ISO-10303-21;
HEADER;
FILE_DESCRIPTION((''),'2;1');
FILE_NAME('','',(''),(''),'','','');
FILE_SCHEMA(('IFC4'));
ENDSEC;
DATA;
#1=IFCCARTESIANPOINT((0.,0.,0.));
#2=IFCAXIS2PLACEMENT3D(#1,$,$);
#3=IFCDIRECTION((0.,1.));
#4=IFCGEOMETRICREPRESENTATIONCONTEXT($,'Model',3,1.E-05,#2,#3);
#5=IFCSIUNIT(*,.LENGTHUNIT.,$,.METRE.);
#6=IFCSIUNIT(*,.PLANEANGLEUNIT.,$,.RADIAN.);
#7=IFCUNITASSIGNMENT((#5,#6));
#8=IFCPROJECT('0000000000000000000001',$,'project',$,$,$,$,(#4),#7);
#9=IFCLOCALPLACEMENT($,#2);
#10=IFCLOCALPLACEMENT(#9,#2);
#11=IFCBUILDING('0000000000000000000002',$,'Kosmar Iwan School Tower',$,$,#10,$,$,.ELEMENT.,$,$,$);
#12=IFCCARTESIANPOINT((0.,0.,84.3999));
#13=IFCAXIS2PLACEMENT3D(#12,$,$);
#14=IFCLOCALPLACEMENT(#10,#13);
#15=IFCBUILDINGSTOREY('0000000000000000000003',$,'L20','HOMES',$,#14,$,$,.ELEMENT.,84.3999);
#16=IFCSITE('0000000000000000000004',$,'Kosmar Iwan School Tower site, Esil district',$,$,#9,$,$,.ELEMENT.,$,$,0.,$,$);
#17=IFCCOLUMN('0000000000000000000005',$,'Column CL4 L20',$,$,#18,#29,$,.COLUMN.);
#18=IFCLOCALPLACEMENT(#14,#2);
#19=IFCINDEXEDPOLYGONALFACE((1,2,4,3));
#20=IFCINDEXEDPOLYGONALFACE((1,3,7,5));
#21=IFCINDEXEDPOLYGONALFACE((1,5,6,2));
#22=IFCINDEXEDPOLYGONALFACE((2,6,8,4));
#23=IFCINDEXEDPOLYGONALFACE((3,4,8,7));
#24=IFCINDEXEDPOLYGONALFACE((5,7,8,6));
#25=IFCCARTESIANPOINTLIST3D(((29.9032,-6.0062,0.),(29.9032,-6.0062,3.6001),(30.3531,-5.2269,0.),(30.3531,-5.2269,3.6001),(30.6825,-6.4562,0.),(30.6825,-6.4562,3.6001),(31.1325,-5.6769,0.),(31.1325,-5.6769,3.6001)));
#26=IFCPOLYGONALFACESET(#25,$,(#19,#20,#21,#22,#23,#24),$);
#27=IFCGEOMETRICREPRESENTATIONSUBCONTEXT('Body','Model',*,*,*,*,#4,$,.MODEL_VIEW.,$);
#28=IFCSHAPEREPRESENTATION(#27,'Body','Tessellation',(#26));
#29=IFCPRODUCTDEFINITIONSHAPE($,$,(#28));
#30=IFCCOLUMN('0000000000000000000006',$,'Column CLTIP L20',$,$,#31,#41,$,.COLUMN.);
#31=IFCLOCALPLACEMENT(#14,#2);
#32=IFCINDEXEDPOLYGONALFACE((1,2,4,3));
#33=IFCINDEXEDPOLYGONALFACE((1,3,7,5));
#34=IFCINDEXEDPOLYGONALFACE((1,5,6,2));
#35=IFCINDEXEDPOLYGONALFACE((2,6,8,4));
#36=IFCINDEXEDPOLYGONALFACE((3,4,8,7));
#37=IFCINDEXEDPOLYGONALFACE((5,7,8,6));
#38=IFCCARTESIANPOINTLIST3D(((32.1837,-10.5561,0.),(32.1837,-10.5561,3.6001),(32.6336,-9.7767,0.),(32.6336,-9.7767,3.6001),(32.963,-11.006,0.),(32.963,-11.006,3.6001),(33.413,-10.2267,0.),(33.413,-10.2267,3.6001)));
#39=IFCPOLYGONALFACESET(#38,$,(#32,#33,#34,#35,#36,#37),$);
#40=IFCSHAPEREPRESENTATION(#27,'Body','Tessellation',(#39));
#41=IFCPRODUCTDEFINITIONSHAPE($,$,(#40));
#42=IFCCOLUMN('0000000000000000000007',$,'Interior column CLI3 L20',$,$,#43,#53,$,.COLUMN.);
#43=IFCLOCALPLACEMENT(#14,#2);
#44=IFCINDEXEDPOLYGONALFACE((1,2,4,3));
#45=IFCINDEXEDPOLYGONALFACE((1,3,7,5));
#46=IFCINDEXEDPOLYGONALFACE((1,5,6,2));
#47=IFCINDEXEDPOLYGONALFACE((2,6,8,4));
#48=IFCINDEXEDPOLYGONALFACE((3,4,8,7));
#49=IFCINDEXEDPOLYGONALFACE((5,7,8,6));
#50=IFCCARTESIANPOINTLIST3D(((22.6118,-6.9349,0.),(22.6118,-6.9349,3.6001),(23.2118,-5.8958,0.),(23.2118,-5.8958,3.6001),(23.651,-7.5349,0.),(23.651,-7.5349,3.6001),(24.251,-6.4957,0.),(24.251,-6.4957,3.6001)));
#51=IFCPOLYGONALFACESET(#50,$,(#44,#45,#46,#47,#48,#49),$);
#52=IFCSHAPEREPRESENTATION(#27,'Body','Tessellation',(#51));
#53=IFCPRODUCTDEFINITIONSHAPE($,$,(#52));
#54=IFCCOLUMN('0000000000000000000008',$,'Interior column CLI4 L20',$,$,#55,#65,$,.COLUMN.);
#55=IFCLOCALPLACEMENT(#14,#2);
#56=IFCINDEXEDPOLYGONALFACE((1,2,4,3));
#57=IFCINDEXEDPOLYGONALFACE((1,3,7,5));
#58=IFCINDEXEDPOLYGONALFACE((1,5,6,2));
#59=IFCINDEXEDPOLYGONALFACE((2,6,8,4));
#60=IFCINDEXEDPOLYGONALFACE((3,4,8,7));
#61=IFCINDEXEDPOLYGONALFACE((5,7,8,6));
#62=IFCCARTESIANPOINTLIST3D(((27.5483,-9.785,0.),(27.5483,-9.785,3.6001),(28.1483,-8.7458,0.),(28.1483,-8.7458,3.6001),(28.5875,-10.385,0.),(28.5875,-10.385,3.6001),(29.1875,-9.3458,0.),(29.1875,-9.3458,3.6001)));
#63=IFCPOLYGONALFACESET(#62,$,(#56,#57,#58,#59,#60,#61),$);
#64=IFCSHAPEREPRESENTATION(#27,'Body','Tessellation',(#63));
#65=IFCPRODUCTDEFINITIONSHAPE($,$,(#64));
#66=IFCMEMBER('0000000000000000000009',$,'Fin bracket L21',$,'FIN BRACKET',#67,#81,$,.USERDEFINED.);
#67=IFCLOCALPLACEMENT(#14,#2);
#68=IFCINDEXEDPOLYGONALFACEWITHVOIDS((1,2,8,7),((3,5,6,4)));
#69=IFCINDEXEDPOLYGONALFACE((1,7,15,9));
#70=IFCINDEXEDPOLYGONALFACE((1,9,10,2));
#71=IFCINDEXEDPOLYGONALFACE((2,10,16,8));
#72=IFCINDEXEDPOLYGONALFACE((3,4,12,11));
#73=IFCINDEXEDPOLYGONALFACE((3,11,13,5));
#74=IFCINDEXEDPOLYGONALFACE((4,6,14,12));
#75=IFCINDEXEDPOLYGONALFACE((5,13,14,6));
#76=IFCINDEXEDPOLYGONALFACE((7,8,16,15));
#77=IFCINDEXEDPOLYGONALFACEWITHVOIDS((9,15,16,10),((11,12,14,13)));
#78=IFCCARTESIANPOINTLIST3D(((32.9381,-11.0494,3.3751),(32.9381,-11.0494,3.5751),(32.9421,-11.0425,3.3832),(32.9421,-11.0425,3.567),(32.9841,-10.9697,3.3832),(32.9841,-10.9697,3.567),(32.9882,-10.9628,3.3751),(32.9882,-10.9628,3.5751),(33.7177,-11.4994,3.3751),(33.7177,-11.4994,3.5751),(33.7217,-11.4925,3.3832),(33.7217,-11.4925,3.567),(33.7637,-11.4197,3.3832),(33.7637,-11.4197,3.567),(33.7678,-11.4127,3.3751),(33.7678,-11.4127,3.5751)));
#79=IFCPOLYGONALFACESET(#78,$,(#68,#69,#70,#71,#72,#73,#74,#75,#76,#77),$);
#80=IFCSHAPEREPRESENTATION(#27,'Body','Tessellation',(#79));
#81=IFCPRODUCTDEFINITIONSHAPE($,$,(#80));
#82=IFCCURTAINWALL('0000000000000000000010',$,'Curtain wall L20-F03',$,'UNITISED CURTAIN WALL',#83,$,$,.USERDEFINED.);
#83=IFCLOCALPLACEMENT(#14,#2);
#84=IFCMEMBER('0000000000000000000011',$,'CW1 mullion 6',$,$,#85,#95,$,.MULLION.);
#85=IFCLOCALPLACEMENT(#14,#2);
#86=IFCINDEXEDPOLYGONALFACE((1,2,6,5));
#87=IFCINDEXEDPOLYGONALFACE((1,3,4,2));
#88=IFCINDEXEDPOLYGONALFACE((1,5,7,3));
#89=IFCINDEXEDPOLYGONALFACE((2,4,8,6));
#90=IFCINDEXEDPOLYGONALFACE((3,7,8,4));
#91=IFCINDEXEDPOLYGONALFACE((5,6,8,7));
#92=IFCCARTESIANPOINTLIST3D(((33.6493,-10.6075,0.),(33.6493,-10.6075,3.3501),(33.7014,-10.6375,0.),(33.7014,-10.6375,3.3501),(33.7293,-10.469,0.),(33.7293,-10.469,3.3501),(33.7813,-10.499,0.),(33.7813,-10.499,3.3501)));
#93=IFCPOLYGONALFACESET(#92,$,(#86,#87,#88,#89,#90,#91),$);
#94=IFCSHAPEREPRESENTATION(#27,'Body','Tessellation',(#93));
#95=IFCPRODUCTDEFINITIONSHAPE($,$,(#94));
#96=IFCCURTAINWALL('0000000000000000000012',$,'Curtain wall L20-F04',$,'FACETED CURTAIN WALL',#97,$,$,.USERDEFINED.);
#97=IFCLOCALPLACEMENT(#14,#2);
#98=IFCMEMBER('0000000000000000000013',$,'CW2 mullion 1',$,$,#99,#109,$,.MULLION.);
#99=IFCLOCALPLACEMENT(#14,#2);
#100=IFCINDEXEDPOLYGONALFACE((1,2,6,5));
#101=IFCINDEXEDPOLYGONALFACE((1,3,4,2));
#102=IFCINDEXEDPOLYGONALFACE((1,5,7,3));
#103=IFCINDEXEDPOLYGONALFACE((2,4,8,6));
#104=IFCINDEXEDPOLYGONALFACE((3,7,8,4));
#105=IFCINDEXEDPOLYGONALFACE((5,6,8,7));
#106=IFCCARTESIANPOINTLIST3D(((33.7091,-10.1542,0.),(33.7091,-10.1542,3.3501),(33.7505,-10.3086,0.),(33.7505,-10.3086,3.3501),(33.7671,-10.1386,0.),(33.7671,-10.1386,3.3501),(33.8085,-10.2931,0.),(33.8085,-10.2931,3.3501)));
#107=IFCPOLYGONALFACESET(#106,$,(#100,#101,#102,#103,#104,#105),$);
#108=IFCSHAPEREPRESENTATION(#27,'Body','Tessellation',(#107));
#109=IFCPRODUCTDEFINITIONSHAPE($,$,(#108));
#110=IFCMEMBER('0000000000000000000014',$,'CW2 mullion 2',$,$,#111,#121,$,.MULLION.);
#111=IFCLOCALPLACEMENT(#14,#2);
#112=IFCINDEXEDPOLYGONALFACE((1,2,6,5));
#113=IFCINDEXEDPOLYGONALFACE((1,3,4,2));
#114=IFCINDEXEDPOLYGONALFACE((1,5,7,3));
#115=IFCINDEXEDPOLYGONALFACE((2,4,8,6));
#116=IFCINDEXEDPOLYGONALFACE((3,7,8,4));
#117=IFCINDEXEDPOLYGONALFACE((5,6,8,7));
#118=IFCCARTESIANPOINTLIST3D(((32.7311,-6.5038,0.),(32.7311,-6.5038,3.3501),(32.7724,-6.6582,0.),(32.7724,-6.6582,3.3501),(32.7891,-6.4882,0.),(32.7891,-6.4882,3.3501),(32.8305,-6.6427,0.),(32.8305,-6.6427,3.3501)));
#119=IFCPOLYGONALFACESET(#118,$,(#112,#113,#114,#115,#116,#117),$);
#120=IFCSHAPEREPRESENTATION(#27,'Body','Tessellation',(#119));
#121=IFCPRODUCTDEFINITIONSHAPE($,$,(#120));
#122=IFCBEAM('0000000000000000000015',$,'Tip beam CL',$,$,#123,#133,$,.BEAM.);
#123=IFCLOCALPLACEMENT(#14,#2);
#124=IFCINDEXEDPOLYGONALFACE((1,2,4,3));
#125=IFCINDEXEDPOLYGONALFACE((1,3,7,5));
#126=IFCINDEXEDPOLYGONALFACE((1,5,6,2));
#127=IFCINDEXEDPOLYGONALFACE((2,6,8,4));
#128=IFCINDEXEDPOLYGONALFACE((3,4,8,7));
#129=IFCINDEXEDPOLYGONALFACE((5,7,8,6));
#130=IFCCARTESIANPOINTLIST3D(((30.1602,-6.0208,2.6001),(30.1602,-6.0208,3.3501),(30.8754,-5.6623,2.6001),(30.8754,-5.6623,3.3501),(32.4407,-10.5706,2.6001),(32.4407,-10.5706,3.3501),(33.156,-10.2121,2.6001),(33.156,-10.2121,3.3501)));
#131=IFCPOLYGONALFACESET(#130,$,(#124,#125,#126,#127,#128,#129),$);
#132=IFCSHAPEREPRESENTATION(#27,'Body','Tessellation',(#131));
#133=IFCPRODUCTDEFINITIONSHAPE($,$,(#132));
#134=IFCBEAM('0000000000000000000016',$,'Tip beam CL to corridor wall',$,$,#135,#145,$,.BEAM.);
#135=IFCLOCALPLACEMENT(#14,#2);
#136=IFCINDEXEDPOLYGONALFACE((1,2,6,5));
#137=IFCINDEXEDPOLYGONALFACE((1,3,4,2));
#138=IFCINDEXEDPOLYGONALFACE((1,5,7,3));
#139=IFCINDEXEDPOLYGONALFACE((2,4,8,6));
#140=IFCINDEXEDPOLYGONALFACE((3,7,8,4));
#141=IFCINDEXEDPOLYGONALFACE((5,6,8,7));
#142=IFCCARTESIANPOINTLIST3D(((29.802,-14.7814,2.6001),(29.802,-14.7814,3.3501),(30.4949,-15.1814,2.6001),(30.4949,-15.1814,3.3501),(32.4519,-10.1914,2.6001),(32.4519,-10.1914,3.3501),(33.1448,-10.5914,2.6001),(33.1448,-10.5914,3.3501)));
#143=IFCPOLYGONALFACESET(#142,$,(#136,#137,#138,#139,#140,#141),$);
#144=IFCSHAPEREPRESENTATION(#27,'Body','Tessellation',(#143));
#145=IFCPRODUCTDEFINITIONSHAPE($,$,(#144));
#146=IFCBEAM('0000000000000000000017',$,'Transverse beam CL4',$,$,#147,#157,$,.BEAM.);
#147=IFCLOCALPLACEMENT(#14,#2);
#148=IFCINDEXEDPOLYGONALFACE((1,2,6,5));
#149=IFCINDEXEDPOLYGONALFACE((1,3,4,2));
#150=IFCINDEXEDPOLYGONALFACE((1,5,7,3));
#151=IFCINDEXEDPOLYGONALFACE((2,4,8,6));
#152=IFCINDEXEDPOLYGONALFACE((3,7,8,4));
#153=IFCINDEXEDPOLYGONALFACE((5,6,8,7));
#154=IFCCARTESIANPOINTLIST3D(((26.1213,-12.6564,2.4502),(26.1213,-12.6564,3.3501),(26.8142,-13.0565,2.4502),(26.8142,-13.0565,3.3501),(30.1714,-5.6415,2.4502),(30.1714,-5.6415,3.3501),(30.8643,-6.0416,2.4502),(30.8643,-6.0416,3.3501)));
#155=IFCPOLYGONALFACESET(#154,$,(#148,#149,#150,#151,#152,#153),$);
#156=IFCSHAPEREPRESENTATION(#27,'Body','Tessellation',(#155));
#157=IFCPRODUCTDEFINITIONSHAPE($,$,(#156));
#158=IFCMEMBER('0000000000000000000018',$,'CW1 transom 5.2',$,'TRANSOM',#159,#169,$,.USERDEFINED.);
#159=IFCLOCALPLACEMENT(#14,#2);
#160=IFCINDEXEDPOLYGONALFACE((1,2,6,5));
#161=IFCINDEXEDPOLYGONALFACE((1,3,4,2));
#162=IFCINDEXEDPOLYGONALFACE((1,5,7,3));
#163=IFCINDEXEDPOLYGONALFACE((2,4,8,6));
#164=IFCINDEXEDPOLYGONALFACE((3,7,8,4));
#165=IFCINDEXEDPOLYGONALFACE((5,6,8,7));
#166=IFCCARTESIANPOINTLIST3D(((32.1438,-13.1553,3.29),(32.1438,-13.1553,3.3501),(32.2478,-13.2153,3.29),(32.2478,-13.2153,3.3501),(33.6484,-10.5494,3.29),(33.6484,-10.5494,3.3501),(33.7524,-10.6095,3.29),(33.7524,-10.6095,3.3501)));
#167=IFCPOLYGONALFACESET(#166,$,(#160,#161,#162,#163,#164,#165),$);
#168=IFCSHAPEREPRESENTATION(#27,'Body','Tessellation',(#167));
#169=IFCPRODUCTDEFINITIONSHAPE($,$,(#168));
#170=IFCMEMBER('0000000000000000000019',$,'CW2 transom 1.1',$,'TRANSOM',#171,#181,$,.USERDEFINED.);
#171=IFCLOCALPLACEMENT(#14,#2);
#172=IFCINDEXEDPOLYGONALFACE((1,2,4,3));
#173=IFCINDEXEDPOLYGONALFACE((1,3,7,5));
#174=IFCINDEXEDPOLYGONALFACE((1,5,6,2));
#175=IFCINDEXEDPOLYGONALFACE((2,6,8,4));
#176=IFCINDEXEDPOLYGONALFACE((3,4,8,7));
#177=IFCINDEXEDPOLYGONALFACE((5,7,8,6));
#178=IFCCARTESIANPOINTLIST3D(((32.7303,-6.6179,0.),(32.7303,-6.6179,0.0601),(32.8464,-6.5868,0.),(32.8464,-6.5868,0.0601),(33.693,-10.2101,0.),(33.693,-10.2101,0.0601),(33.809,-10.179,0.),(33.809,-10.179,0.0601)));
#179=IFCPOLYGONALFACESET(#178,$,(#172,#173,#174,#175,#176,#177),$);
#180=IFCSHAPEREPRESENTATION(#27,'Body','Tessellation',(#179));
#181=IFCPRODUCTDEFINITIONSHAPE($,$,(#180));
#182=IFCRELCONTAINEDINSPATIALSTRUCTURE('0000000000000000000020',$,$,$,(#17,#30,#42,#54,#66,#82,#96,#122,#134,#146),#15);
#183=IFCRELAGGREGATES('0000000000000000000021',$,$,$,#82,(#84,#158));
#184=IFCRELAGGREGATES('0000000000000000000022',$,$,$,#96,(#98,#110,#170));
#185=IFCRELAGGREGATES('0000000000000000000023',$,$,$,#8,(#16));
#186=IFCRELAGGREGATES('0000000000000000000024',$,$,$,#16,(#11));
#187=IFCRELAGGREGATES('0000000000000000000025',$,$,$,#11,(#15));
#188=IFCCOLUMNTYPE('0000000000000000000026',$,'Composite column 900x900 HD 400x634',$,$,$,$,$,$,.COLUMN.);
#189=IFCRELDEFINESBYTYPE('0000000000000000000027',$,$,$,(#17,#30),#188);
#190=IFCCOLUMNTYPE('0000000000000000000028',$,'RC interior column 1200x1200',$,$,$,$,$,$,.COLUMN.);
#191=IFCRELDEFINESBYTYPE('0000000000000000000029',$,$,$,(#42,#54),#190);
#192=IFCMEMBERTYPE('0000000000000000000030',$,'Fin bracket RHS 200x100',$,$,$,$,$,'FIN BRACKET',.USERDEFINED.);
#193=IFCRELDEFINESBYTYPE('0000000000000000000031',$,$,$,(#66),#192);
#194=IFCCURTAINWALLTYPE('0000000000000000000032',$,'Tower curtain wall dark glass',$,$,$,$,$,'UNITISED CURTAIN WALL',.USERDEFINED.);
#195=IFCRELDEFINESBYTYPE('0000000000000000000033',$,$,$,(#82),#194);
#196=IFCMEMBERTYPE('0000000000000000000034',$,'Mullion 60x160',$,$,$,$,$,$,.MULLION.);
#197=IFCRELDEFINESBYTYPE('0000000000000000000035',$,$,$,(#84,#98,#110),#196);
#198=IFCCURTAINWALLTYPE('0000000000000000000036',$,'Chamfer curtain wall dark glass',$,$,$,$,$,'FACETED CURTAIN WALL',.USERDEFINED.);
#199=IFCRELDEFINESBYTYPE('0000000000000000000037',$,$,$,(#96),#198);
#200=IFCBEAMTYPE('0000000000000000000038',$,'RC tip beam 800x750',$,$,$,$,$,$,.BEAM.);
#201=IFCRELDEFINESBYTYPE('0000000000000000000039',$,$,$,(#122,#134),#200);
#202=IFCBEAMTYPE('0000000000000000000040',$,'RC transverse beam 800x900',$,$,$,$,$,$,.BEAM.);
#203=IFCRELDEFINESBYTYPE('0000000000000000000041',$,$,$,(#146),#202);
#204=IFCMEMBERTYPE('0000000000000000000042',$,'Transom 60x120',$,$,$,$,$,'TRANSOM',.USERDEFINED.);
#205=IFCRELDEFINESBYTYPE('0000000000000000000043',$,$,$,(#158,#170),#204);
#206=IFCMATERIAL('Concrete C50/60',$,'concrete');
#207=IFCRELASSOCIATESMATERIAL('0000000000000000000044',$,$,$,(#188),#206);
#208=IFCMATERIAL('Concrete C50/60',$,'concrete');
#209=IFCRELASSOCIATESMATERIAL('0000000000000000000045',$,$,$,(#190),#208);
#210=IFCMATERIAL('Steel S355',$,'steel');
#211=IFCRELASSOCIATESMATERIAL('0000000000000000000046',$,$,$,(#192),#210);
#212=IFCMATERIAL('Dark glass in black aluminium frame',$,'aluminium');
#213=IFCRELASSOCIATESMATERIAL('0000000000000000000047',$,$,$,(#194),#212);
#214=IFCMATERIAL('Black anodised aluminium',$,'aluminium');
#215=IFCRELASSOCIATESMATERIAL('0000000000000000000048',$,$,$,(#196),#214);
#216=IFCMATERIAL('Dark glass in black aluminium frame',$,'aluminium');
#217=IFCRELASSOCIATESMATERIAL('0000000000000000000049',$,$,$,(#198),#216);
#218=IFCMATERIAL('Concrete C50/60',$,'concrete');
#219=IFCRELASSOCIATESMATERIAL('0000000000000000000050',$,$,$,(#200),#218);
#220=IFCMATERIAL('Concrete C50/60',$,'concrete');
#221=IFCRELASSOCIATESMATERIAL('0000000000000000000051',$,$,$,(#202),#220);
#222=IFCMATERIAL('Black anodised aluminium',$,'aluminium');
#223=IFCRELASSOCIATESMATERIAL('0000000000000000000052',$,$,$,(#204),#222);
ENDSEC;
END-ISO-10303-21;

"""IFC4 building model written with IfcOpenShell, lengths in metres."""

from ifc_helpers import new_model, si_unit, direction, frame, origin, origin_2d, place, context, subcontext, project, spatial, rectangle, hollow_rectangle, extrude, material, material_profile, profile_set, type_object, element, aggregate, save


model = new_model("IFC4")

# Units and contexts
model_context = context("Model", 3, precision=1e-05, world=origin(), true_north=direction((0.0, 1.0)))
body_context = subcontext(model_context, "Body", "Model", "MODEL_VIEW")
ifc_project = project(units=[si_unit("LENGTHUNIT", "METRE"), si_unit("PLANEANGLEUNIT", "RADIAN")], contexts=[model_context])

# Site, building, storey
site_placement = place(None, origin())
site = spatial("IfcSite", under=ifc_project, at=site_placement, Name="Kosmar Iwan School Tower site, Esil district", CompositionType="ELEMENT", RefElevation=0.0)
building_placement = place(site_placement, origin())
building = spatial("IfcBuilding", under=site, at=building_placement, Name="Kosmar Iwan School Tower", CompositionType="ELEMENT")
storey_placement = place(building_placement, frame((0.0, 0.0, 84.3999)))
storey = spatial("IfcBuildingStorey", under=building, at=storey_placement, Name="L20", Description="HOMES", CompositionType="ELEMENT", Elevation=84.3999)

# Columns
ifc_material_1 = material(Name="Concrete C50/60", Category="concrete")
ifc_material_profile_1 = material_profile(ifc_material_1, rectangle(XDim=0.8999, YDim=0.8999, at=origin_2d()), Name="RC 900x900 + HD 400x634")
ifc_profile_set_1 = profile_set([ifc_material_profile_1], Name="Concrete C50/60")
column_type_1 = type_object("IfcColumnType", Name="Composite column 900x900 HD 400x634", PredefinedType="COLUMN", material=ifc_profile_set_1)
for number, where, z_axis, x_axis, name in (
    (1, (30.5178, -5.8416, 0.0), (0.0, 0.0, 1.0), (0.866025, -0.5, 0.0), "Column CL4 L20"),
    (2, (32.7983, -10.3914, 0.0), (0.0, 0.0, 1.0), (0.866025, -0.5, 0.0), "Column CLTIP L20"),
):
    element("IfcColumn", number, at=place(storey_placement, frame(where, z_axis=z_axis, x_axis=x_axis)), inside=storey, type_object=column_type_1, Name=name, PredefinedType="COLUMN", context=body_context, shape_type="SweptSolid", body=[
        extrude(rectangle(XDim=0.8999, YDim=0.8999, at=origin_2d()), origin(), (0.0, 0.0, 1.0), 3.6001),
    ])
ifc_material_2 = material(Name="Concrete C50/60", Category="concrete")
ifc_material_profile_2 = material_profile(ifc_material_2, rectangle(XDim=1.2, YDim=1.2, at=origin_2d()), Name="RC 1200x1200")
ifc_profile_set_2 = profile_set([ifc_material_profile_2], Name="Concrete C50/60")
column_type_2 = type_object("IfcColumnType", Name="RC interior column 1200x1200", PredefinedType="COLUMN", material=ifc_profile_set_2)
for number, where, z_axis, x_axis, name in (
    (3, (23.4314, -6.7153, 0.0), (0.0, 0.0, 1.0), (0.866025, -0.5, 0.0), "Interior column CLI3 L20"),
    (4, (28.3679, -9.5654, 0.0), (0.0, 0.0, 1.0), (0.866025, -0.5, 0.0), "Interior column CLI4 L20"),
):
    element("IfcColumn", number, at=place(storey_placement, frame(where, z_axis=z_axis, x_axis=x_axis)), inside=storey, type_object=column_type_2, Name=name, PredefinedType="COLUMN", context=body_context, shape_type="SweptSolid", body=[
        extrude(rectangle(XDim=1.2, YDim=1.2, at=origin_2d()), origin(), (0.0, 0.0, 1.0), 3.6001),
    ])

# Member
ifc_material_3 = material(Name="Steel S355", Category="steel")
ifc_material_profile_3 = material_profile(ifc_material_3, hollow_rectangle(XDim=0.1001, YDim=0.2, WallThickness=0.0081, at=origin_2d()), Name="RHS 200x100x8")
ifc_profile_set_3 = profile_set([ifc_material_profile_3], Name="Steel S355")
member_type_1 = type_object("IfcMemberType", Name="Fin bracket RHS 200x100", ElementType="FIN BRACKET", PredefinedType="USERDEFINED", material=ifc_profile_set_3)
member_1_placement = place(storey_placement, frame((32.9631, -11.0061, 3.4751), z_axis=(0.866082, -0.499902, 0.0), x_axis=(0.499902, 0.866082, 0.0)))
element("IfcMember", 5, at=member_1_placement, inside=storey, type_object=member_type_1, Name="Fin bracket L21", ObjectType="FIN BRACKET", PredefinedType="USERDEFINED", context=body_context, shape_type="SweptSolid", body=[
    extrude(hollow_rectangle(XDim=0.1001, YDim=0.2, WallThickness=0.0081, at=origin_2d()), origin(), (0.0, 0.0, 1.0), 0.9001),
])

# Curtain wall, member
ifc_material_4 = material(Name="Dark glass in black aluminium frame", Category="aluminium")
curtain_wall_type_1 = type_object("IfcCurtainWallType", Name="Tower curtain wall dark glass", ElementType="UNITISED CURTAIN WALL", PredefinedType="USERDEFINED", material=ifc_material_4)
curtain_wall_1_placement = place(storey_placement, origin())
curtain_wall_1 = element("IfcCurtainWall", 6, at=curtain_wall_1_placement, inside=storey, type_object=curtain_wall_type_1, Name="Curtain wall L20-F03", ObjectType="UNITISED CURTAIN WALL", PredefinedType="USERDEFINED")
ifc_material_5 = material(Name="Black anodised aluminium", Category="aluminium")
ifc_material_profile_4 = material_profile(ifc_material_5, rectangle(XDim=0.0601, YDim=0.1599, at=origin_2d()), Name="MULLION 60x160")
ifc_profile_set_4 = profile_set([ifc_material_profile_4], Name="Black anodised aluminium")
member_type_2 = type_object("IfcMemberType", Name="Mullion 60x160", PredefinedType="MULLION", material=ifc_profile_set_4)
member_2_placement = place(storey_placement, frame((33.7153, -10.5532, 0.0), z_axis=(0.0, 0.0, 1.0), x_axis=(-0.866025, 0.5, 0.0)))
member_2 = element("IfcMember", 7, at=member_2_placement, type_object=member_type_2, Name="CW1 mullion 6", PredefinedType="MULLION", context=body_context, shape_type="SweptSolid", body=[
    extrude(rectangle(XDim=0.0601, YDim=0.1599, at=origin_2d()), origin(), (0.0, 0.0, 1.0), 3.3501),
])

# Curtain wall, members
ifc_material_6 = material(Name="Dark glass in black aluminium frame", Category="aluminium")
curtain_wall_type_2 = type_object("IfcCurtainWallType", Name="Chamfer curtain wall dark glass", ElementType="FACETED CURTAIN WALL", PredefinedType="USERDEFINED", material=ifc_material_6)
curtain_wall_2_placement = place(storey_placement, origin())
curtain_wall_2 = element("IfcCurtainWall", 8, at=curtain_wall_2_placement, inside=storey, type_object=curtain_wall_type_2, Name="Curtain wall L20-F04", ObjectType="FACETED CURTAIN WALL", PredefinedType="USERDEFINED")
member_3_placement = place(storey_placement, frame((33.7588, -10.2236, 0.0), z_axis=(0.0, 0.0, 1.0), x_axis=(-0.965926, -0.258819, 0.0)))
member_3 = element("IfcMember", 9, at=member_3_placement, type_object=member_type_2, Name="CW2 mullion 1", PredefinedType="MULLION", context=body_context, shape_type="SweptSolid", body=[
    extrude(rectangle(XDim=0.0601, YDim=0.1599, at=origin_2d()), origin(), (0.0, 0.0, 1.0), 3.3501),
])
member_4_placement = place(storey_placement, frame((32.7808, -6.5732, 0.0), z_axis=(0.0, 0.0, 1.0), x_axis=(-0.965926, -0.258819, 0.0)))
member_4 = element("IfcMember", 10, at=member_4_placement, type_object=member_type_2, Name="CW2 mullion 2", PredefinedType="MULLION", context=body_context, shape_type="SweptSolid", body=[
    extrude(rectangle(XDim=0.0601, YDim=0.1599, at=origin_2d()), origin(), (0.0, 0.0, 1.0), 3.3501),
])

# Beams
ifc_material_7 = material(Name="Concrete C50/60", Category="concrete")
ifc_material_profile_5 = material_profile(ifc_material_7, rectangle(XDim=0.8, YDim=0.75, at=origin_2d()), Name="RC 800x750")
ifc_profile_set_5 = profile_set([ifc_material_profile_5], Name="Concrete C50/60")
beam_type_1 = type_object("IfcBeamType", Name="RC tip beam 800x750", PredefinedType="BEAM", material=ifc_profile_set_5)
beam_1_placement = place(storey_placement, frame((30.5178, -5.8416, 2.9751), z_axis=(0.448096, -0.893985, 0.0), x_axis=(0.893985, 0.448096, 0.0)))
element("IfcBeam", 11, at=beam_1_placement, inside=storey, type_object=beam_type_1, Name="Tip beam CL", PredefinedType="BEAM", context=body_context, shape_type="SweptSolid", body=[
    extrude(rectangle(XDim=0.8, YDim=0.75, at=origin_2d()), origin(), (0.0, 0.0, 1.0), 5.0894),
])
beam_2_placement = place(storey_placement, frame((32.7983, -10.3914, 2.9751), z_axis=(-0.499974, -0.866041, 0.0), x_axis=(0.866041, -0.499974, 0.0)))
element("IfcBeam", 12, at=beam_2_placement, inside=storey, type_object=beam_type_1, Name="Tip beam CL to corridor wall", PredefinedType="BEAM", context=body_context, shape_type="SweptSolid", body=[
    extrude(rectangle(XDim=0.8, YDim=0.75, at=origin_2d()), origin(), (0.0, 0.0, 1.0), 5.3),
])
ifc_material_8 = material(Name="Concrete C50/60", Category="concrete")
ifc_material_profile_6 = material_profile(ifc_material_8, rectangle(XDim=0.8, YDim=0.8999, at=origin_2d()), Name="RC 800x900")
ifc_profile_set_6 = profile_set([ifc_material_profile_6], Name="Concrete C50/60")
beam_type_2 = type_object("IfcBeamType", Name="RC transverse beam 800x900", PredefinedType="BEAM", material=ifc_profile_set_6)
beam_3_placement = place(storey_placement, frame((30.5178, -5.8416, 2.9001), z_axis=(-0.5, -0.866025, 0.0), x_axis=(0.866025, -0.5, 0.0)))
element("IfcBeam", 13, at=beam_3_placement, inside=storey, type_object=beam_type_2, Name="Transverse beam CL4", PredefinedType="BEAM", context=body_context, shape_type="SweptSolid", body=[
    extrude(rectangle(XDim=0.8, YDim=0.8999, at=origin_2d()), origin(), (0.0, 0.0, 1.0), 8.1001),
])

# Members
ifc_material_9 = material(Name="Black anodised aluminium", Category="aluminium")
ifc_material_profile_7 = material_profile(ifc_material_9, rectangle(XDim=0.1201, YDim=0.0601, at=origin_2d()), Name="TRANSOM 60x120")
ifc_profile_set_7 = profile_set([ifc_material_profile_7], Name="Black anodised aluminium")
member_type_3 = type_object("IfcMemberType", Name="Transom 60x120", ElementType="TRANSOM", PredefinedType="USERDEFINED", material=ifc_profile_set_7)
member_5_placement = place(storey_placement, frame((32.1958, -13.1853, 3.3201), z_axis=(0.500022, 0.866013, 0.0), x_axis=(-0.866013, 0.500022, 0.0)))
member_5 = element("IfcMember", 14, at=member_5_placement, type_object=member_type_3, Name="CW1 transom 5.2", ObjectType="TRANSOM", PredefinedType="USERDEFINED", context=body_context, shape_type="SweptSolid", body=[
    extrude(rectangle(XDim=0.1201, YDim=0.0601, at=origin_2d()), origin(), (0.0, 0.0, 1.0), 3.009),
])
member_6_placement = place(storey_placement, frame((33.751, -10.1946, 0.03), z_axis=(-0.258843, 0.965919, 0.0), x_axis=(-0.965919, -0.258843, 0.0)))
member_6 = element("IfcMember", 15, at=member_6_placement, type_object=member_type_3, Name="CW2 transom 1.1", ObjectType="TRANSOM", PredefinedType="USERDEFINED", context=body_context, shape_type="SweptSolid", body=[
    extrude(rectangle(XDim=0.1201, YDim=0.0601, at=origin_2d()), origin(), (0.0, 0.0, 1.0), 3.719),
])

aggregate(curtain_wall_1, [member_2, member_5])
aggregate(curtain_wall_2, [member_3, member_4, member_6])

save(model, "model.ifc")
